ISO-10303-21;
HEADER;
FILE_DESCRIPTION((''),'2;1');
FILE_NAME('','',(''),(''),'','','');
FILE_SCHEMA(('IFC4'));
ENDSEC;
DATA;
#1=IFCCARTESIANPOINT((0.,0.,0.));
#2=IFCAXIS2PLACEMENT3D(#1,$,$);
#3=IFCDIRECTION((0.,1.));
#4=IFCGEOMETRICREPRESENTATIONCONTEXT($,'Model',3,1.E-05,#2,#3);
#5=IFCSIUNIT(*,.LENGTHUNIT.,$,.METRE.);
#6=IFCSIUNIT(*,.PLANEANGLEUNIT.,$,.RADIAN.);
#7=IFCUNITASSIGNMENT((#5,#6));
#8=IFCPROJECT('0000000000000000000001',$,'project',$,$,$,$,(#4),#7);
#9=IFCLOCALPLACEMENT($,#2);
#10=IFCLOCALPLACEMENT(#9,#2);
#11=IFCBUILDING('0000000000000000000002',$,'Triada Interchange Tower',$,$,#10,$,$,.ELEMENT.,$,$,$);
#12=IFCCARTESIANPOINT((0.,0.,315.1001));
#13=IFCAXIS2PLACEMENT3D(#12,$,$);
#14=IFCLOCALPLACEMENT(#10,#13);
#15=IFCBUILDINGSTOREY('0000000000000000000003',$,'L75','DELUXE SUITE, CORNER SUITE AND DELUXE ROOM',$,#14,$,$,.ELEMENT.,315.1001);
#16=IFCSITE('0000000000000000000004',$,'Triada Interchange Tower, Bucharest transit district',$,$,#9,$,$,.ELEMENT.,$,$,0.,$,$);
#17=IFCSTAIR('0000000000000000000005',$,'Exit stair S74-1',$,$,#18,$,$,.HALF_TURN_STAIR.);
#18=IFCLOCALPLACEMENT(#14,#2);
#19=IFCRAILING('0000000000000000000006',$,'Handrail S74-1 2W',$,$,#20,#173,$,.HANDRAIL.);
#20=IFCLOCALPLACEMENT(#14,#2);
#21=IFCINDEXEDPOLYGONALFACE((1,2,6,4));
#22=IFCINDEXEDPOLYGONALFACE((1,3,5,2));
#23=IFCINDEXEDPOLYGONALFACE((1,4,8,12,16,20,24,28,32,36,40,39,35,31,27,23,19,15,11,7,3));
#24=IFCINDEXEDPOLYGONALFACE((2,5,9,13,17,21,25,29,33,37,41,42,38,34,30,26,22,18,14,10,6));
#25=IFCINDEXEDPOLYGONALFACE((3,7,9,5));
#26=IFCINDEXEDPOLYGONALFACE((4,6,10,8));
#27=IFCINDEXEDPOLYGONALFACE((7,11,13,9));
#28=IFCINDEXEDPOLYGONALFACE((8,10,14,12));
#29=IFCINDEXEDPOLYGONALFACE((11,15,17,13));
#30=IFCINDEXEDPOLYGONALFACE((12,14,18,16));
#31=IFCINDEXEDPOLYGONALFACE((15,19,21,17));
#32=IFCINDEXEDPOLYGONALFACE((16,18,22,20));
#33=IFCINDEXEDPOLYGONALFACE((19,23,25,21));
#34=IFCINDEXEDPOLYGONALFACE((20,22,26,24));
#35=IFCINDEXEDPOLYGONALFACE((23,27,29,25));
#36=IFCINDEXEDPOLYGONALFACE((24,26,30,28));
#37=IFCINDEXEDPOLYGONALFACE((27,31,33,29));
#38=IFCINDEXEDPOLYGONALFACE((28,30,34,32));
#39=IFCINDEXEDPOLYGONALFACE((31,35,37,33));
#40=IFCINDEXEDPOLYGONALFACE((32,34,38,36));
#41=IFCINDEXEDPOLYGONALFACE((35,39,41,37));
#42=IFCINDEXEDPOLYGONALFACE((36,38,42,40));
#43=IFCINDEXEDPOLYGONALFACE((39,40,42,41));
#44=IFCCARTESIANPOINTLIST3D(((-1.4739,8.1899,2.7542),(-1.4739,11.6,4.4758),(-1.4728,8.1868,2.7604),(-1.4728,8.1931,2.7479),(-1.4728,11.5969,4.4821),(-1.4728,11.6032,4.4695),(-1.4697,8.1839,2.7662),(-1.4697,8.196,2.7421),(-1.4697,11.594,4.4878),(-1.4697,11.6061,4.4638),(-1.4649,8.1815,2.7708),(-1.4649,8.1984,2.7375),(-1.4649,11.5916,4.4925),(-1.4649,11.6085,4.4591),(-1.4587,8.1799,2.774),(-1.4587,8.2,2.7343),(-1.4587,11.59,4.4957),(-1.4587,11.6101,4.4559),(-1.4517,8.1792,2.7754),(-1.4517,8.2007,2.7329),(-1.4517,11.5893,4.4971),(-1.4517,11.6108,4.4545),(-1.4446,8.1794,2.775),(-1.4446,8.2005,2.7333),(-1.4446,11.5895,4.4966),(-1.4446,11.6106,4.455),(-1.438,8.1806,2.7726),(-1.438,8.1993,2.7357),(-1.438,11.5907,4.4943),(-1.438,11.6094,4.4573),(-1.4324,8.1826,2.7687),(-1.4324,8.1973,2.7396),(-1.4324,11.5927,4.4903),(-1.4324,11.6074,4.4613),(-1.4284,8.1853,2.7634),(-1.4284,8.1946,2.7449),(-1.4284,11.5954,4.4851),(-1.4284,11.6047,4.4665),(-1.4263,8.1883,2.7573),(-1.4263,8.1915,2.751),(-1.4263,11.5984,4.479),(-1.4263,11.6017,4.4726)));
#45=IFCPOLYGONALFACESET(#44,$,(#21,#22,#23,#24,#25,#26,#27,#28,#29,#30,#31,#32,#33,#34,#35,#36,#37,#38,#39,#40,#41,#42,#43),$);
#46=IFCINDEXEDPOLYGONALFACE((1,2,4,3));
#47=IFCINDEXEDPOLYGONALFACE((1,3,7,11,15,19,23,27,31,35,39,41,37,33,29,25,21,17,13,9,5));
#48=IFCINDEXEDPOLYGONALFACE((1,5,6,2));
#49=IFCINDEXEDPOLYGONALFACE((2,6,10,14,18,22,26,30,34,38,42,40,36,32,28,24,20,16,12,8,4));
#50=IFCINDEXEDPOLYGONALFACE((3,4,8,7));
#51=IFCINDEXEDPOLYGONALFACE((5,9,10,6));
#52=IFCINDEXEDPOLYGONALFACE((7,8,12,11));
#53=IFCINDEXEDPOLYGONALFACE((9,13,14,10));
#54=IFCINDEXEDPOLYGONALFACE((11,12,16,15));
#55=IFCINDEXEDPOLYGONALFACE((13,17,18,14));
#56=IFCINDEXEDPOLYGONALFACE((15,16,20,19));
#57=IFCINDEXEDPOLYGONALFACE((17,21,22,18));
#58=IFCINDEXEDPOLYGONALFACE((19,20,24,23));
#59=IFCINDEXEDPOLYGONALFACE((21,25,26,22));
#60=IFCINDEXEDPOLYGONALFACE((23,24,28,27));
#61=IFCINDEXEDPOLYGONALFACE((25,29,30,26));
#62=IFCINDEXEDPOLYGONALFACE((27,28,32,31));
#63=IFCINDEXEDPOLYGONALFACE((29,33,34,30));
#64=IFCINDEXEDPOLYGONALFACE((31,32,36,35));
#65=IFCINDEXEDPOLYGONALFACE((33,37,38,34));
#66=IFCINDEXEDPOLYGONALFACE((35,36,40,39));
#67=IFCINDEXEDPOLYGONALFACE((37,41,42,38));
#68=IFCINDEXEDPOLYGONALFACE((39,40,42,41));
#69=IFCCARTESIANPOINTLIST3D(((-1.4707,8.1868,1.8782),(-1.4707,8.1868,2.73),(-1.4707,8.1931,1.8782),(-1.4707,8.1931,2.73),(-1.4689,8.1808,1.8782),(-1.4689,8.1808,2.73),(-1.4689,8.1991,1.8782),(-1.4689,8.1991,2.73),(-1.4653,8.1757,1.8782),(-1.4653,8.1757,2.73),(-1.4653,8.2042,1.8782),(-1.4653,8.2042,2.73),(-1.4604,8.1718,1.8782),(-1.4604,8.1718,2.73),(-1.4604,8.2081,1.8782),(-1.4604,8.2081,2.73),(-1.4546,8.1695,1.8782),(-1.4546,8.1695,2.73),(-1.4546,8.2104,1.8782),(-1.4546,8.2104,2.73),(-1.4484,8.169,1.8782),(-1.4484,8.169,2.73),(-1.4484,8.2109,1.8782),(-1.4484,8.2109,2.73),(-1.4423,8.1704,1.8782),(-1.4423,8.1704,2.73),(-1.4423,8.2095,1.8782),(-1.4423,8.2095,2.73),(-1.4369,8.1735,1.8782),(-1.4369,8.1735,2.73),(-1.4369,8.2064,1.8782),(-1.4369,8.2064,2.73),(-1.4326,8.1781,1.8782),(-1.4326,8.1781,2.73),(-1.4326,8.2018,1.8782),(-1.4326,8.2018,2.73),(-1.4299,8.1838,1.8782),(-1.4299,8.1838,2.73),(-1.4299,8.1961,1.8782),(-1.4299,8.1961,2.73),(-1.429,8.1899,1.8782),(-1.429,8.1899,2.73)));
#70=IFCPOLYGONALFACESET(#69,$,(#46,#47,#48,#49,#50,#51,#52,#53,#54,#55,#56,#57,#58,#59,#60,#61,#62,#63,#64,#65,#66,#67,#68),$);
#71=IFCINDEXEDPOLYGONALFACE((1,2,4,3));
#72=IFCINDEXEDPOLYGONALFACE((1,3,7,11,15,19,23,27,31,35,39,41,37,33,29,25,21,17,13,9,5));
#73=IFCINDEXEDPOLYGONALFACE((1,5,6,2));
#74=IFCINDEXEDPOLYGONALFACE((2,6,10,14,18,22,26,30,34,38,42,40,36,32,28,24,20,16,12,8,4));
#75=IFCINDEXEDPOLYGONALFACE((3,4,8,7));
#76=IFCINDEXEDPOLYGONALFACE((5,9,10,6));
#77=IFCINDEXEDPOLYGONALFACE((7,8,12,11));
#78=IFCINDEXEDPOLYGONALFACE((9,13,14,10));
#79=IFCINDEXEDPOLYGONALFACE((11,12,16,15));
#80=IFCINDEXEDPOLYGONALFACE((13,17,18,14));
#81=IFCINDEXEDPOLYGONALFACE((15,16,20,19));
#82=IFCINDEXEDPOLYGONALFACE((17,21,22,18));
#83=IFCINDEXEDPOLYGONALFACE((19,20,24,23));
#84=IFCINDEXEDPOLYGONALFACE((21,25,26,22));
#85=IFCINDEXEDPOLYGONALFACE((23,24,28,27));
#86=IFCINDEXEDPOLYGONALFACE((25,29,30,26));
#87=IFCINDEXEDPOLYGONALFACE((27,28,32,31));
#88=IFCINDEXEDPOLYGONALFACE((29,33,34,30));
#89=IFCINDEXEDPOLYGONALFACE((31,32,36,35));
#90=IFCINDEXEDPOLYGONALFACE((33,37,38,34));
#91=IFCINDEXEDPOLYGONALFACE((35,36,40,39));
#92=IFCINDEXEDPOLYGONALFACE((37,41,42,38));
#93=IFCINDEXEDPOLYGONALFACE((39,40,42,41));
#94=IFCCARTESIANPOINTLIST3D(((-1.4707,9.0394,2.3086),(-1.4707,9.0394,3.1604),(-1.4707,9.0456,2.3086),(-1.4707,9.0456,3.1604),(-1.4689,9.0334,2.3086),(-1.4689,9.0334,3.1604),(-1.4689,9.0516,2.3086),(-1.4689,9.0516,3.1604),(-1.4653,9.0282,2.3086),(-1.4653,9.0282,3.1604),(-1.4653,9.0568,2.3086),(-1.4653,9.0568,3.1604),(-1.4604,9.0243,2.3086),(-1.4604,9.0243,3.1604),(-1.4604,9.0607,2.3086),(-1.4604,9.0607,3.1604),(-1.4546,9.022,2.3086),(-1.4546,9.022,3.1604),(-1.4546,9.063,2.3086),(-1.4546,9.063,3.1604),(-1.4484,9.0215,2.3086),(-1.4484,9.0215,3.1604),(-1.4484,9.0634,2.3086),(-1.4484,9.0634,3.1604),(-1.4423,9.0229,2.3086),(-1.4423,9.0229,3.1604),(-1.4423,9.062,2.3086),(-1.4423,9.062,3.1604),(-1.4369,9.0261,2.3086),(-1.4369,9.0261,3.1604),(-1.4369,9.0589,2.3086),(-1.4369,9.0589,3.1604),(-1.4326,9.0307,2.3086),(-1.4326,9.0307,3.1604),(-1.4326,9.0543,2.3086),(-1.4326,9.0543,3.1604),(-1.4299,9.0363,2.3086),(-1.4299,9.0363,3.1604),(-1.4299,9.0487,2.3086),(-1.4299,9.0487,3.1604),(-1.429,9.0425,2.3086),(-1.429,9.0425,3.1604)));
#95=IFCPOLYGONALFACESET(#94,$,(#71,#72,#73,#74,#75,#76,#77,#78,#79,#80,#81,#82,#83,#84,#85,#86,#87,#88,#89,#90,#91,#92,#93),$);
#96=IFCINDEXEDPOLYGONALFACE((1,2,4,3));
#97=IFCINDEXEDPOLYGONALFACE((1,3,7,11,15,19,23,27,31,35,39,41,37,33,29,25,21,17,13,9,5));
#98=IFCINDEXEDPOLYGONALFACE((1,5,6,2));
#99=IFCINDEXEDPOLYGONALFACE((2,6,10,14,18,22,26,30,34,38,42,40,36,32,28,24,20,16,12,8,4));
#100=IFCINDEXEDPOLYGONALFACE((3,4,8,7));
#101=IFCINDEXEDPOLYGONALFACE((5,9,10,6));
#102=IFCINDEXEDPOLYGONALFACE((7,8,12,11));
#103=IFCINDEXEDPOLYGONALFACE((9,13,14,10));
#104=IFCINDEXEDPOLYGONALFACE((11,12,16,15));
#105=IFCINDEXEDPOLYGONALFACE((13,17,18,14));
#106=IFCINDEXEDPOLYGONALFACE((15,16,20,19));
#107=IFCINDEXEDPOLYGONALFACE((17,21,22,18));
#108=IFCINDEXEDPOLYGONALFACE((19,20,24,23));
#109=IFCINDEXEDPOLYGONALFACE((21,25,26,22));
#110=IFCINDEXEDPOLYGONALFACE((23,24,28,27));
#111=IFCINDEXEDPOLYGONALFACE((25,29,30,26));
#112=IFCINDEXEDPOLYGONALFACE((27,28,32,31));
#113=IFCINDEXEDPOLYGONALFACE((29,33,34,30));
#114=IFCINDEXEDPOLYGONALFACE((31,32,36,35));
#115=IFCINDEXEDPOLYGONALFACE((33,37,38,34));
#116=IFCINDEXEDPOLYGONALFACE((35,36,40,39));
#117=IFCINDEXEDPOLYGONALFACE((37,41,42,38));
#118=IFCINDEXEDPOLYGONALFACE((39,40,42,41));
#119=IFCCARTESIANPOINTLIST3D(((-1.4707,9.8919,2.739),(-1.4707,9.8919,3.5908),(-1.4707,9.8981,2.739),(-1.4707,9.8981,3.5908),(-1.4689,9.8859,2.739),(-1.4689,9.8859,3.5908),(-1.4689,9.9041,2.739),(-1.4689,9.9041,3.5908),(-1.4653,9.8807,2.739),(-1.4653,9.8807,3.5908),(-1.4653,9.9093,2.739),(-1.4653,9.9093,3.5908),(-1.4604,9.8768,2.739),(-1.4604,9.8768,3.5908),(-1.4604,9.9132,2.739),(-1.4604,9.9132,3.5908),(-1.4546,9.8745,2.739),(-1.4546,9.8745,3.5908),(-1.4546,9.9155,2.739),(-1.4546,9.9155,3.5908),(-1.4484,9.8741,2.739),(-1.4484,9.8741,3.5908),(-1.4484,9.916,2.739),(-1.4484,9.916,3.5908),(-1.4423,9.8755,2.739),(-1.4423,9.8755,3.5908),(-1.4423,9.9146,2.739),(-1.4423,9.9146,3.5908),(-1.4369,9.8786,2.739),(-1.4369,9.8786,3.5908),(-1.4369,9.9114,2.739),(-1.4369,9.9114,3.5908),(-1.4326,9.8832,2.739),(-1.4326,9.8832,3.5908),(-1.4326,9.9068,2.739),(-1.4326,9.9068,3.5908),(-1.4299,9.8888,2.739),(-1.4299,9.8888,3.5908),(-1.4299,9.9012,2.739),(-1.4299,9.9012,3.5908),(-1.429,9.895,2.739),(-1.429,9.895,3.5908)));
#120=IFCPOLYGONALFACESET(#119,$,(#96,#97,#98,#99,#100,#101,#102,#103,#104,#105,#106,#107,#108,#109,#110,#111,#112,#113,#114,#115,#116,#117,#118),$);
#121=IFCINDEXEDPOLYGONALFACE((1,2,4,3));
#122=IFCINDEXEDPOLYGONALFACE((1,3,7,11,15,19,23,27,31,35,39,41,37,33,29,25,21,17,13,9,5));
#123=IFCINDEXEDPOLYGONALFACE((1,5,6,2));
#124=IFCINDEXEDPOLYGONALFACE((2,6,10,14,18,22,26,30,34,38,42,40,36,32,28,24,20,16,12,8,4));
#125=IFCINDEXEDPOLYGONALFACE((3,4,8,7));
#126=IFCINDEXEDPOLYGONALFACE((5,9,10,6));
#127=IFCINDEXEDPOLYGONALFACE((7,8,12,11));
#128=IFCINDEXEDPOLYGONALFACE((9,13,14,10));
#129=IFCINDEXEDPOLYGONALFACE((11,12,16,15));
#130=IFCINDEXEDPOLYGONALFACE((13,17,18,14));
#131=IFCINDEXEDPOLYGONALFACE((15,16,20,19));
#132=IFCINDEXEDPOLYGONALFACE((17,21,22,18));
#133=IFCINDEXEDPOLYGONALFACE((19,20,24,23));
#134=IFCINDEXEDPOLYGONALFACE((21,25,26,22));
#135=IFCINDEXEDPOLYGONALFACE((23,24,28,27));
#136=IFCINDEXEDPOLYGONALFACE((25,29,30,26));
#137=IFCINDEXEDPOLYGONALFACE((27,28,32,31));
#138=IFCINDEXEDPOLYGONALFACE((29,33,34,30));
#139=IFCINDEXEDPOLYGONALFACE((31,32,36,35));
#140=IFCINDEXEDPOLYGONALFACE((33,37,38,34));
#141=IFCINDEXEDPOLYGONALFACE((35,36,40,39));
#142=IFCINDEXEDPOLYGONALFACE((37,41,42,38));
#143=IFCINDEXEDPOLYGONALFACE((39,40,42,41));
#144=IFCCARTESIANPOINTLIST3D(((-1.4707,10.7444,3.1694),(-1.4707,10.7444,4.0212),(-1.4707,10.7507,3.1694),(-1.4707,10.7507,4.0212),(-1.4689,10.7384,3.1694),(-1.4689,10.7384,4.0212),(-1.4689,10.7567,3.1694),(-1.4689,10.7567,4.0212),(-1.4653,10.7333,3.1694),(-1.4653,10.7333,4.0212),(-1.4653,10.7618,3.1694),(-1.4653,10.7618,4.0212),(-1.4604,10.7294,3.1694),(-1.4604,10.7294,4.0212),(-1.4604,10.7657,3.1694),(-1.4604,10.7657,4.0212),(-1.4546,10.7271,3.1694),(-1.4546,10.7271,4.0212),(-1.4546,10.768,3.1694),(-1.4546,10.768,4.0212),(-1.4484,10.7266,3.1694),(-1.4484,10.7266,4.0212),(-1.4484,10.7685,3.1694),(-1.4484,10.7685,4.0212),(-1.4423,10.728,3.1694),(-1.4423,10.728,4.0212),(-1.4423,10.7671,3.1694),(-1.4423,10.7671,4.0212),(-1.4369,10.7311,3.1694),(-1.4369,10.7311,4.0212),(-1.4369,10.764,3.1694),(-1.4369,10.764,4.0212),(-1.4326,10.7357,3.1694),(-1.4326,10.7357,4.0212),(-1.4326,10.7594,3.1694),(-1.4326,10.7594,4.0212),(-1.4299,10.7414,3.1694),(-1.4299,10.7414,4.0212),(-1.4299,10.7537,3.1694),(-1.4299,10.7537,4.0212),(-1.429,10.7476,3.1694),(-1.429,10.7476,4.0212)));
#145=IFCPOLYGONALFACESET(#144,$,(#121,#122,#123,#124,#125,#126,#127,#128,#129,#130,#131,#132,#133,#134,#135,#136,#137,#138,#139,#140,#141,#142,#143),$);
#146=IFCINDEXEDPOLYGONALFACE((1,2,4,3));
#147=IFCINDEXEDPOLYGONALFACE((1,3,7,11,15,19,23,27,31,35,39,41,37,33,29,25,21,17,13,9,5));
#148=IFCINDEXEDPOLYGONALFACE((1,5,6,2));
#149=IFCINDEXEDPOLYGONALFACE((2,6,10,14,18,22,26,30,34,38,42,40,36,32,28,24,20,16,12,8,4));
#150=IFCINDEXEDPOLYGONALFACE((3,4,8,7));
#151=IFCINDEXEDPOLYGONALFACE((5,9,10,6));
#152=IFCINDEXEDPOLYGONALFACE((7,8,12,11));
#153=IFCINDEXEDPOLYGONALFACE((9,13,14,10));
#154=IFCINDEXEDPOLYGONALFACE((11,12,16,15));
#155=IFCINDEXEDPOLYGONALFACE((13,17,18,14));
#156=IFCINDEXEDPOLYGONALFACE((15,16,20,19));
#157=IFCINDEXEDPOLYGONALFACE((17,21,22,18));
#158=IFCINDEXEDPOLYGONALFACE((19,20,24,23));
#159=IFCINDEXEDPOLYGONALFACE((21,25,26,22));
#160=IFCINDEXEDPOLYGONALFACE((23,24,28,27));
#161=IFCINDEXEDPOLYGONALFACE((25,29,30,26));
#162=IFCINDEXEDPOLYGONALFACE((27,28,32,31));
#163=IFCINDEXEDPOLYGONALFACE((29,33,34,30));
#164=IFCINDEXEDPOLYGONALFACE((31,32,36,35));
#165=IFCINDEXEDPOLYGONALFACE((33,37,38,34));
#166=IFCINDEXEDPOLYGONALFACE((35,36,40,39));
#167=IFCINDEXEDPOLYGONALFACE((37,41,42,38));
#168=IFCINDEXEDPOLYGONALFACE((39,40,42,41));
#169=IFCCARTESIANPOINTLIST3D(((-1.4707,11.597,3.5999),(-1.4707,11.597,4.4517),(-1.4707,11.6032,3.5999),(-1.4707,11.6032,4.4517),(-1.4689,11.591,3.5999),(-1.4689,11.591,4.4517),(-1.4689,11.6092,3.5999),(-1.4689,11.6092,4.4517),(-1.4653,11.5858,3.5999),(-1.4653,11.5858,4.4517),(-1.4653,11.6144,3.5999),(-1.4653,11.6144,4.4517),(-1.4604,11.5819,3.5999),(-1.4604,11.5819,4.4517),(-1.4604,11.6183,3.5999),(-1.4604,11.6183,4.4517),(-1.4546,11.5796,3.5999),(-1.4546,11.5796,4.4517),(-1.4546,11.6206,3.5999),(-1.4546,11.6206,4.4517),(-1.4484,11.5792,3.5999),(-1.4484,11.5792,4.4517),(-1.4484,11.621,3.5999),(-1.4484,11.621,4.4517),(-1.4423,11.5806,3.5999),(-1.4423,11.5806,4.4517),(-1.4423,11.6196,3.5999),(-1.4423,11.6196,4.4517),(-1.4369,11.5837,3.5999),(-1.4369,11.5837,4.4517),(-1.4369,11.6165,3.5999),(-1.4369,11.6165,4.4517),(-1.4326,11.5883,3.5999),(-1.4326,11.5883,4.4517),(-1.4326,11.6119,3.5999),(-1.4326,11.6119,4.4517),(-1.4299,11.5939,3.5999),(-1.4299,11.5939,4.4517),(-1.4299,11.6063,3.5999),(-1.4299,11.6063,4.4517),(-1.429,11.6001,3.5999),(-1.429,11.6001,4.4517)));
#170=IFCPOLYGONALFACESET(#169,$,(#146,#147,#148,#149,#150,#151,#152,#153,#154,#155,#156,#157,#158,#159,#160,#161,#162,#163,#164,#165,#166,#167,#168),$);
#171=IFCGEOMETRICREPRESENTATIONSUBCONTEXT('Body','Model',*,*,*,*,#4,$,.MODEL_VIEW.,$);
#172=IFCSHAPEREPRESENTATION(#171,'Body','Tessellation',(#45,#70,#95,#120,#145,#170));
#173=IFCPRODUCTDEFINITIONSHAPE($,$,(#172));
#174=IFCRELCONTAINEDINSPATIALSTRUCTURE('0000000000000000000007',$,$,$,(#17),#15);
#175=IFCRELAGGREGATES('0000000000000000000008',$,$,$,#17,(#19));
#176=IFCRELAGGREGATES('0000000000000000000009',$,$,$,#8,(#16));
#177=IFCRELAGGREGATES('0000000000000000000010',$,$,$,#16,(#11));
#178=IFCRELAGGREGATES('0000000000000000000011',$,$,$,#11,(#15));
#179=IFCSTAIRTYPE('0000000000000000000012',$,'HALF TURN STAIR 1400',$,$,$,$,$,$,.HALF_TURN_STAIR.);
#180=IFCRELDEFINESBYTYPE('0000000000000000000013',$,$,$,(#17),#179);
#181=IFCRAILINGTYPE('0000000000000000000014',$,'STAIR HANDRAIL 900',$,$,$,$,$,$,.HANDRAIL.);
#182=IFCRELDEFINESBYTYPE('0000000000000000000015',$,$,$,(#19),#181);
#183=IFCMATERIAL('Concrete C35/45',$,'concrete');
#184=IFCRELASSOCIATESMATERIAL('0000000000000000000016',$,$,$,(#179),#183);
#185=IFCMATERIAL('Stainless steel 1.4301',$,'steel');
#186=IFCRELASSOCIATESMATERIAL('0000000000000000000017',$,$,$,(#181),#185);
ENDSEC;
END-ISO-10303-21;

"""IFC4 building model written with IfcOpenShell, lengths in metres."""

from ifc_helpers import new_model, si_unit, direction, frame, origin, origin_2d, place, context, subcontext, project, spatial, circle, extrude, material, type_object, element, aggregate, save


model = new_model("IFC4")

# Units and contexts
model_context = context("Model", 3, precision=1e-05, world=origin(), true_north=direction((0.0, 1.0)))
body_context = subcontext(model_context, "Body", "Model", "MODEL_VIEW")
ifc_project = project(units=[si_unit("LENGTHUNIT", "METRE"), si_unit("PLANEANGLEUNIT", "RADIAN")], contexts=[model_context])

# Site, building, storey
site_placement = place(None, origin())
site = spatial("IfcSite", under=ifc_project, at=site_placement, Name="Triada Interchange Tower, Bucharest transit district", CompositionType="ELEMENT", RefElevation=0.0)
building_placement = place(site_placement, origin())
building = spatial("IfcBuilding", under=site, at=building_placement, Name="Triada Interchange Tower", CompositionType="ELEMENT")
storey_placement = place(building_placement, frame((0.0, 0.0, 315.1001)))
storey = spatial("IfcBuildingStorey", under=building, at=storey_placement, Name="L75", Description="DELUXE SUITE, CORNER SUITE AND DELUXE ROOM", CompositionType="ELEMENT", Elevation=315.1001)

# Stair
ifc_material_1 = material(Name="Concrete C35/45", Category="concrete")
stair_type = type_object("IfcStairType", Name="HALF TURN STAIR 1400", PredefinedType="HALF_TURN_STAIR", material=ifc_material_1)
stair_placement = place(storey_placement, origin())
stair = element("IfcStair", 1, at=stair_placement, inside=storey, type_object=stair_type, Name="Exit stair S74-1", PredefinedType="HALF_TURN_STAIR")

# Railing
ifc_material_2 = material(Name="Stainless steel 1.4301", Category="steel")
railing_type = type_object("IfcRailingType", Name="STAIR HANDRAIL 900", PredefinedType="HANDRAIL", material=ifc_material_2)
railing_1_placement = place(storey_placement, frame((-1.45, 8.1899, 1.8782)))
railing_1 = element("IfcRailing", 2, at=railing_1_placement, type_object=railing_type, Name="Handrail S74-1 2W", PredefinedType="HANDRAIL", context=body_context, shape_type="SweptSolid", body=[
    extrude(circle(Radius=0.0239, at=origin_2d()), frame((0.0, 0.0, 0.876), z_axis=(0.0, 0.892682, 0.450687), x_axis=(-1.0, 0.0, 0.0)), (0.0, 0.0, 1.0), 3.8201),
    extrude(circle(Radius=0.021, at=origin_2d()), origin(), (0.0, 0.0, 1.0), 0.8518),
    extrude(circle(Radius=0.021, at=origin_2d()), frame((0.0, 0.8525, 0.4304)), (0.0, 0.0, 1.0), 0.8518),
    extrude(circle(Radius=0.021, at=origin_2d()), frame((0.0, 1.7051, 0.8608)), (0.0, 0.0, 1.0), 0.8518),
    extrude(circle(Radius=0.021, at=origin_2d()), frame((0.0, 2.5576, 1.2913)), (0.0, 0.0, 1.0), 0.8518),
    extrude(circle(Radius=0.021, at=origin_2d()), frame((0.0, 3.4102, 1.7217)), (0.0, 0.0, 1.0), 0.8518),
])
aggregate(stair, [railing_1])

save(model, "model.ifc")
